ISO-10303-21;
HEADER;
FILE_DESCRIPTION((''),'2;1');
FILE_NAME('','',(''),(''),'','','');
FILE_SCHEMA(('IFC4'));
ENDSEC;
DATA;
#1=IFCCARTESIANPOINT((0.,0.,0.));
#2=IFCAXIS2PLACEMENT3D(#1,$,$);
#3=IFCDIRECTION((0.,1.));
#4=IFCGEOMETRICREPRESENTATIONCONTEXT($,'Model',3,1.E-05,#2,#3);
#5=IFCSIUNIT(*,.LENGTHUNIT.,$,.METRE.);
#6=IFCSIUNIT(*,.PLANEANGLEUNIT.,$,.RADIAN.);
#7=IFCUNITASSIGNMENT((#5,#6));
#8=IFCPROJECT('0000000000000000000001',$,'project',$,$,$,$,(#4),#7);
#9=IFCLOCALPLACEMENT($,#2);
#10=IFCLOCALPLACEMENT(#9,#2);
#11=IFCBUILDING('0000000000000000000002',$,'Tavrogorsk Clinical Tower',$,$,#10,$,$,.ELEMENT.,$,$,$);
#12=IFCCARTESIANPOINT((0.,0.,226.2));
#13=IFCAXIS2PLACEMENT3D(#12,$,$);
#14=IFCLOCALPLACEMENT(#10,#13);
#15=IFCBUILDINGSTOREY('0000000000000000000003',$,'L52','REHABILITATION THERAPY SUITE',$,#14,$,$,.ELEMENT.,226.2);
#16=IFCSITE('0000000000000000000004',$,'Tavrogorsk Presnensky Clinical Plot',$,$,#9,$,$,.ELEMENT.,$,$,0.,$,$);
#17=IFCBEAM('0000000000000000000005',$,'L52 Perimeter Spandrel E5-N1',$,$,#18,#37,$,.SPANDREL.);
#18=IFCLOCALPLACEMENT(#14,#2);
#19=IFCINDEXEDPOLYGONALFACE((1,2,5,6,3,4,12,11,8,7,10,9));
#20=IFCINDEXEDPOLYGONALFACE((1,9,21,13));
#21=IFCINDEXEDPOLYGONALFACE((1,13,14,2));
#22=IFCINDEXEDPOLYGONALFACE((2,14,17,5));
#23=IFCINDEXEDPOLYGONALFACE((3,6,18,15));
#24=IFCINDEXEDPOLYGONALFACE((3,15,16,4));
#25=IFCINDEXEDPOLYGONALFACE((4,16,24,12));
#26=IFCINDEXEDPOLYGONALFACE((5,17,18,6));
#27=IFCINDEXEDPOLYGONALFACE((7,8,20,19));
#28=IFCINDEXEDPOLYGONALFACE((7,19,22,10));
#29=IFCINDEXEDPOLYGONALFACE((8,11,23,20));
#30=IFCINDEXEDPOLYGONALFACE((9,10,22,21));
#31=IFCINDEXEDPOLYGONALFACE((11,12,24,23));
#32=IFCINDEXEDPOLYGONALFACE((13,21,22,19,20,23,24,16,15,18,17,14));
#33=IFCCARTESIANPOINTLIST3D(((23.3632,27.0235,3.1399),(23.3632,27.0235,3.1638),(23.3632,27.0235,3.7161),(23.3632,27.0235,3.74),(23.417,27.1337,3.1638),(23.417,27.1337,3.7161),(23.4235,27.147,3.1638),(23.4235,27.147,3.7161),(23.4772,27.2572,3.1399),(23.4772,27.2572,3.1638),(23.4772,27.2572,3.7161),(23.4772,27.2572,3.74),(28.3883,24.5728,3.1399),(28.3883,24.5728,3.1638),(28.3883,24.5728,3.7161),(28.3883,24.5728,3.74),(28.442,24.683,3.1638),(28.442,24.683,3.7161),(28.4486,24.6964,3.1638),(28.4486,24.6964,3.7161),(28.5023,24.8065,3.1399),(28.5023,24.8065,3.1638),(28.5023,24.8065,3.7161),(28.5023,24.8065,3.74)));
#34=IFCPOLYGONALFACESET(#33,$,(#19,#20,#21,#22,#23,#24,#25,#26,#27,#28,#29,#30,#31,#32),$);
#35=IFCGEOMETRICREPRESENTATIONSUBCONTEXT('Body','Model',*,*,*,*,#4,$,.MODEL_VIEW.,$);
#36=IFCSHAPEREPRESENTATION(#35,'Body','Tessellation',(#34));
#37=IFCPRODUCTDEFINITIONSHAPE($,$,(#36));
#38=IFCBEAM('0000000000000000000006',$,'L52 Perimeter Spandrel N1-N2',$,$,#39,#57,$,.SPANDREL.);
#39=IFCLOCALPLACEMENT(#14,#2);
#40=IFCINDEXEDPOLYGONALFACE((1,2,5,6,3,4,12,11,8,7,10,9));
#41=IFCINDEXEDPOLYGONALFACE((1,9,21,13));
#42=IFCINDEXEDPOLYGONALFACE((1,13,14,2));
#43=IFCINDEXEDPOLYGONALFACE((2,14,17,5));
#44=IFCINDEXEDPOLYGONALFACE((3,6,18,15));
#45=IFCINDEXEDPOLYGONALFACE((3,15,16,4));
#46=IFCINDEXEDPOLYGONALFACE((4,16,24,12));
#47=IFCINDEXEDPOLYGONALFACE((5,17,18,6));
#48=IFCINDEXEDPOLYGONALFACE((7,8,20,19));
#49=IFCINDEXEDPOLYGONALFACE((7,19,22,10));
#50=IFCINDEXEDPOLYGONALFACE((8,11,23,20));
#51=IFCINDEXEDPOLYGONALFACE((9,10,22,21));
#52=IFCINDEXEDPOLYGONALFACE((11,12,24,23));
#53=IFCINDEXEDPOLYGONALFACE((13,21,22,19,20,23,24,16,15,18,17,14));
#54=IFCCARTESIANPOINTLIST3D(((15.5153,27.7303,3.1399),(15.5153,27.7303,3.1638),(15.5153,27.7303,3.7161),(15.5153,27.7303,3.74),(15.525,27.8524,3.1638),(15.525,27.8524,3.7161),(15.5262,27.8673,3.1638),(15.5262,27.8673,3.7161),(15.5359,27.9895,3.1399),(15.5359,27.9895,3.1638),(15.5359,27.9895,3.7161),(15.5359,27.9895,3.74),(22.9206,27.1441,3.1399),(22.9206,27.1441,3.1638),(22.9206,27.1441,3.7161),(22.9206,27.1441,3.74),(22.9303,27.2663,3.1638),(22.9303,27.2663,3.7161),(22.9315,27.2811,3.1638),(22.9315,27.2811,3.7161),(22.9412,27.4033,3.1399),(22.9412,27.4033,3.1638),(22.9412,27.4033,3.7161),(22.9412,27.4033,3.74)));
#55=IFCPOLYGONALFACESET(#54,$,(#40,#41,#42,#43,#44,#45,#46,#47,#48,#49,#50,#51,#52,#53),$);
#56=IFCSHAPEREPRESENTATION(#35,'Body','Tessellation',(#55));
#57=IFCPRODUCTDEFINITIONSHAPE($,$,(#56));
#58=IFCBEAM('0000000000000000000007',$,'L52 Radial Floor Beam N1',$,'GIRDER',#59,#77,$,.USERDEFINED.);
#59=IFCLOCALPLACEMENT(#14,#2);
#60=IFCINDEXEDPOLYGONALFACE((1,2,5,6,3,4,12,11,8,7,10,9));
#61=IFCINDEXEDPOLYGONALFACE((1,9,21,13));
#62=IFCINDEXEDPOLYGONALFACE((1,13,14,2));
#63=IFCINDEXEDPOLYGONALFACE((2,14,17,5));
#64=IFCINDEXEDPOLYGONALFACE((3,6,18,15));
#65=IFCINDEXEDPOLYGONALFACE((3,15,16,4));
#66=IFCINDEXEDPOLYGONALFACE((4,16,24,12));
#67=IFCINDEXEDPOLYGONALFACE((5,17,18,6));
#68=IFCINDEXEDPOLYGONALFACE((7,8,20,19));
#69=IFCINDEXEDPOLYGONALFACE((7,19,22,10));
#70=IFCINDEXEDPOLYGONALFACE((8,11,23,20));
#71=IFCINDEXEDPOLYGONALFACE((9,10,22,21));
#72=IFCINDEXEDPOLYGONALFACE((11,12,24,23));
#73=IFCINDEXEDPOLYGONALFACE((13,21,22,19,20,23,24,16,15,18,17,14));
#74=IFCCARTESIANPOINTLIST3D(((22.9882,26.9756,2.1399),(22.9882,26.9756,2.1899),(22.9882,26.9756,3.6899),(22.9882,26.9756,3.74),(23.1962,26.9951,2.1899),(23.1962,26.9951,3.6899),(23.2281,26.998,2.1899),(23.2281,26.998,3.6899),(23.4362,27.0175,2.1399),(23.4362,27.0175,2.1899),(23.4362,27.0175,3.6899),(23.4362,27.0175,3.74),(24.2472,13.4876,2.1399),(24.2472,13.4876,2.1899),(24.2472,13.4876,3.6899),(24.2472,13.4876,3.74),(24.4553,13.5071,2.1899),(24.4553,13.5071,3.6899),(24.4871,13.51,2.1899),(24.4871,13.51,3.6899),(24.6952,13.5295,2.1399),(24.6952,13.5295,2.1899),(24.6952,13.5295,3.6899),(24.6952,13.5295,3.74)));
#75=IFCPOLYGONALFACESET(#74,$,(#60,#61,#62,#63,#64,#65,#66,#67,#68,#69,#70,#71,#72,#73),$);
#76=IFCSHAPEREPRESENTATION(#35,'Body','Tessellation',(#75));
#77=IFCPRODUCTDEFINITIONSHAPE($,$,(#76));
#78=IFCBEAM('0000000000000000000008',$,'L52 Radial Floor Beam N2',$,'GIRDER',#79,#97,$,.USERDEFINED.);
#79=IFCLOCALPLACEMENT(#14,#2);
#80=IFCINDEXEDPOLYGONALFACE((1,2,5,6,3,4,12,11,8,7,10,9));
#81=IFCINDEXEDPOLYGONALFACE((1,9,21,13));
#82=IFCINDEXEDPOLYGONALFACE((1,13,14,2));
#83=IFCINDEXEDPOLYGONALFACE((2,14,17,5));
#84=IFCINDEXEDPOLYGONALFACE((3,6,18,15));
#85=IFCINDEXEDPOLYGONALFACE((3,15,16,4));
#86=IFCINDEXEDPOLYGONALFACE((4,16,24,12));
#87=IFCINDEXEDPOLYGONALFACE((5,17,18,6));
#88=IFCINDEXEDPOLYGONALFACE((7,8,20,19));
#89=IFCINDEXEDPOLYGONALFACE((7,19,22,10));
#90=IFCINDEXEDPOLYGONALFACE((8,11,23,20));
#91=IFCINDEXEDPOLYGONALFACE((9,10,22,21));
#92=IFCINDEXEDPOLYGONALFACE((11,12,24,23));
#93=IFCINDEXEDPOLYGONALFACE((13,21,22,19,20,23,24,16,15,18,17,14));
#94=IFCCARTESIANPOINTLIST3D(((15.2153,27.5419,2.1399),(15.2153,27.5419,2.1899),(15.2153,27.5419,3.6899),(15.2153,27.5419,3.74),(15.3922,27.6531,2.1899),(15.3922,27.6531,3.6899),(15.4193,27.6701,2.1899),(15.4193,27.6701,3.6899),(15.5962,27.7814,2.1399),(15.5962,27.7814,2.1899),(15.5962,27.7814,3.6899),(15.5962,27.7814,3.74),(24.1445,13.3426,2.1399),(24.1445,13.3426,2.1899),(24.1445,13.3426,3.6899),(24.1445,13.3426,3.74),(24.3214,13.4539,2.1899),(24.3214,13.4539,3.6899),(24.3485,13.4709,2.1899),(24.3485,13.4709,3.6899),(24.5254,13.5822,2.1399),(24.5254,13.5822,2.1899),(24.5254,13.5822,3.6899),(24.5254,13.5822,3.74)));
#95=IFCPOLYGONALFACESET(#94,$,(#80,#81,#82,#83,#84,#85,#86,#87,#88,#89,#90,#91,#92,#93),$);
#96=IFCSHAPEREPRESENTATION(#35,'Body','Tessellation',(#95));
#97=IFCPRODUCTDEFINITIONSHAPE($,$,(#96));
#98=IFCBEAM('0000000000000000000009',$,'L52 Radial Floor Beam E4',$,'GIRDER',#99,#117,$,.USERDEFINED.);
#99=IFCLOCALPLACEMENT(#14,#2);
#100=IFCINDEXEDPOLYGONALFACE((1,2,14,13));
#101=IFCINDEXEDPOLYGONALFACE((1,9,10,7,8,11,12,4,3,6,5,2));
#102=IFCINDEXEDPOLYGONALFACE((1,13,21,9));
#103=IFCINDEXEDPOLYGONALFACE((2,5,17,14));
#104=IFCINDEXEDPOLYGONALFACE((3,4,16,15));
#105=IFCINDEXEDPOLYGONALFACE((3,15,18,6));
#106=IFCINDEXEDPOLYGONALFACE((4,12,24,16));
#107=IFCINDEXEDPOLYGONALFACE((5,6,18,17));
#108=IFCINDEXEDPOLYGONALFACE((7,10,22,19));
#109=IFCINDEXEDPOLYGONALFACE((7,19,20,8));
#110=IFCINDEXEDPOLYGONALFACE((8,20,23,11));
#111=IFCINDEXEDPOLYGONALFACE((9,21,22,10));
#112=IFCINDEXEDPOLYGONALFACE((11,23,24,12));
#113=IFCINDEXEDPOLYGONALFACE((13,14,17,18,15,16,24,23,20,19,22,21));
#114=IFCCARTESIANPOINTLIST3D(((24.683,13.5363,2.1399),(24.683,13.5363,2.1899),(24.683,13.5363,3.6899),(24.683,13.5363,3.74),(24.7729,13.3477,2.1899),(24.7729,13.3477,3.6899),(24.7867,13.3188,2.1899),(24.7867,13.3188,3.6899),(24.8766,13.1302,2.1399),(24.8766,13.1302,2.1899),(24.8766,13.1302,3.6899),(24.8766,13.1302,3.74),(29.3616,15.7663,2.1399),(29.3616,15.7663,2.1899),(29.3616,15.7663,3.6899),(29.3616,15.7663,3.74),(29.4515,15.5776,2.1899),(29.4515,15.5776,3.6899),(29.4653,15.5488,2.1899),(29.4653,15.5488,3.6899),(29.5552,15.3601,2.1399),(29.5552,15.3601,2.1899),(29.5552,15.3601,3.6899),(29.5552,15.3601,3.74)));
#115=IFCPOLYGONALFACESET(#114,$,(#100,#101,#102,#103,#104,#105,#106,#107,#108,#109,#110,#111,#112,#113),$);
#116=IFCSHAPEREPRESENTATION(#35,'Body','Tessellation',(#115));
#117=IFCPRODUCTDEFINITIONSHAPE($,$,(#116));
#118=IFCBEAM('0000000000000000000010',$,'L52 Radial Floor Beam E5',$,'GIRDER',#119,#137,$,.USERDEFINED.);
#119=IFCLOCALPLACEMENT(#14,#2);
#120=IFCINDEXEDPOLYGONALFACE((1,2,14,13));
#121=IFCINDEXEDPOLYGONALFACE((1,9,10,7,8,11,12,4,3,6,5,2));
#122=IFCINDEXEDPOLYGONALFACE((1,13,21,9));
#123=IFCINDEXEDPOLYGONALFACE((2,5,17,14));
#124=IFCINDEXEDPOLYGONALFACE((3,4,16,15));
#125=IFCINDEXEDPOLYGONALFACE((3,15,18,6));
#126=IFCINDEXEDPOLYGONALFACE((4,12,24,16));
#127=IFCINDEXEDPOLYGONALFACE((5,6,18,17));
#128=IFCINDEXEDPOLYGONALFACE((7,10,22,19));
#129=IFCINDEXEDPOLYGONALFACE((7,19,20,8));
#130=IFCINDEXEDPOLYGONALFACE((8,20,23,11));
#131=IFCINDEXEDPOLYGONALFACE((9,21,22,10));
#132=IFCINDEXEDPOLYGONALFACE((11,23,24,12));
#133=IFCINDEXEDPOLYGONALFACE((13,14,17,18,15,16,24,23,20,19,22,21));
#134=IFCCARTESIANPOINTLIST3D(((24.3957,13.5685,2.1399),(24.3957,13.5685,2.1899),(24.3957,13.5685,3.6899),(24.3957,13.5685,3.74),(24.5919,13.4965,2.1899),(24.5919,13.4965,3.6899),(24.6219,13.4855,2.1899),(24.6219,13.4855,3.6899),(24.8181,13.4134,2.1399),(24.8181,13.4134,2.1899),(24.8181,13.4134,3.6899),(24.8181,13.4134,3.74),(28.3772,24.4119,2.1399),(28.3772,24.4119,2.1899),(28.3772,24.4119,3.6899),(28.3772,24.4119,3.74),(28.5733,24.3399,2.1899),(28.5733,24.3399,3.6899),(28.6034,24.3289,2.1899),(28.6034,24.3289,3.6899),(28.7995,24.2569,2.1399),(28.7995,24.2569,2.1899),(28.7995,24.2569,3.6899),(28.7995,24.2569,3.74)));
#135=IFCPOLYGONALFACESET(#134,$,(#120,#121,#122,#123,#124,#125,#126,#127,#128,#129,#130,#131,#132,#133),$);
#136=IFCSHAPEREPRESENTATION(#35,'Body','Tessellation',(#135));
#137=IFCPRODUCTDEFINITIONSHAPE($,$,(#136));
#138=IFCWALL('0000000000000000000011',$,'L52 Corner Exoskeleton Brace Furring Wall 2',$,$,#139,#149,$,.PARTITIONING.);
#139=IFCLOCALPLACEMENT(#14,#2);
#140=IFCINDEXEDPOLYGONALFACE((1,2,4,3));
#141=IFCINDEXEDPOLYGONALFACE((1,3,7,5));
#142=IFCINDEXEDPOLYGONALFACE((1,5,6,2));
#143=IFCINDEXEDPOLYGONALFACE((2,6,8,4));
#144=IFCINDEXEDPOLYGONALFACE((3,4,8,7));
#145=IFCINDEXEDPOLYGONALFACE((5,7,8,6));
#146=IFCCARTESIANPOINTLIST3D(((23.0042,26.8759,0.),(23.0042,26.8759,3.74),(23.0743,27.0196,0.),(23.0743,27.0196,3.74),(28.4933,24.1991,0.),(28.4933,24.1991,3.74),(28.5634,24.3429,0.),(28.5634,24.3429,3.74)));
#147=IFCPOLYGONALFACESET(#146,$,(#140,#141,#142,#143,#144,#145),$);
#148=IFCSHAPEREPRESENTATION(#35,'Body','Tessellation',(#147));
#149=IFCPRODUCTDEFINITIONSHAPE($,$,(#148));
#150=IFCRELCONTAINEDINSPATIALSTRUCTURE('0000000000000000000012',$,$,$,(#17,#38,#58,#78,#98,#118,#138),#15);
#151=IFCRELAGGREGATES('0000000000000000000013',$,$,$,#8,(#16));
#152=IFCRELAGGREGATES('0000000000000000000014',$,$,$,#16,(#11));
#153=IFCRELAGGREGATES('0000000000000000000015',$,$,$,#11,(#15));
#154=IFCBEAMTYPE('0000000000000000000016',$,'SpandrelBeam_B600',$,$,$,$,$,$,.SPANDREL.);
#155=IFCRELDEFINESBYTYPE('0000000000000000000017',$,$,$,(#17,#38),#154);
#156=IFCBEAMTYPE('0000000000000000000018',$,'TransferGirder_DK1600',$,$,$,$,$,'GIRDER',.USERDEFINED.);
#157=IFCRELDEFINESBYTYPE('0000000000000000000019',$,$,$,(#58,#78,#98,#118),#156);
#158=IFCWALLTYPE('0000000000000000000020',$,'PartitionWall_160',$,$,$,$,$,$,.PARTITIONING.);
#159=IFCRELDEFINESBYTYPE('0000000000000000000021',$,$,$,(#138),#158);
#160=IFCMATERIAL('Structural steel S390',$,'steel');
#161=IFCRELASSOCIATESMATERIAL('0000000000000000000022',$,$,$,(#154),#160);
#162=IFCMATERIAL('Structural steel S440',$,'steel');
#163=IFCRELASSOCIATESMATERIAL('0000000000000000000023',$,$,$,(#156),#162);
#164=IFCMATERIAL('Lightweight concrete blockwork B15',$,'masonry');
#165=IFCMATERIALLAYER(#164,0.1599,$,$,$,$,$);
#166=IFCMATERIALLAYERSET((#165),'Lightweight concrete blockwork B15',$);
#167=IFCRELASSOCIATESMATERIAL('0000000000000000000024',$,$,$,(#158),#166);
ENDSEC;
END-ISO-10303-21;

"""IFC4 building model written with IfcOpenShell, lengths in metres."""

from ifc_helpers import new_model, si_unit, direction, frame, frame_2d, origin, origin_2d, place, context, subcontext, project, spatial, rectangle, i_section, extrude, material, layer, layer_set, material_profile, profile_set, type_object, element, save


model = new_model("IFC4")

# Units and contexts
model_context = context("Model", 3, precision=1e-05, world=origin(), true_north=direction((0.0, 1.0)))
body_context = subcontext(model_context, "Body", "Model", "MODEL_VIEW")
ifc_project = project(units=[si_unit("LENGTHUNIT", "METRE"), si_unit("PLANEANGLEUNIT", "RADIAN")], contexts=[model_context])

# Site, building, storey
site_placement = place(None, origin())
site = spatial("IfcSite", under=ifc_project, at=site_placement, Name="Tavrogorsk Presnensky Clinical Plot", CompositionType="ELEMENT", RefElevation=0.0)
building_placement = place(site_placement, origin())
building = spatial("IfcBuilding", under=site, at=building_placement, Name="Tavrogorsk Clinical Tower", CompositionType="ELEMENT")
storey_placement = place(building_placement, frame((0.0, 0.0, 226.2)))
storey = spatial("IfcBuildingStorey", under=building, at=storey_placement, Name="L52", Description="REHABILITATION THERAPY SUITE", CompositionType="ELEMENT", Elevation=226.2)

# Beams
ifc_material_1 = material(Name="Structural steel S390", Category="steel")
ifc_material_profile_1 = material_profile(ifc_material_1, i_section(OverallWidth=0.26, OverallDepth=0.6001, WebThickness=0.0149, FlangeThickness=0.0239, at=origin_2d()), Name="B-600x260x15x24")
ifc_profile_set_1 = profile_set([ifc_material_profile_1], Name="Structural steel S390")
beam_type_1 = type_object("IfcBeamType", Name="SpandrelBeam_B600", PredefinedType="SPANDREL", material=ifc_profile_set_1)
beam_1_placement = place(storey_placement, frame((28.4453, 24.6897, 3.4399), z_axis=(-0.898811, 0.438336, 0.0), x_axis=(-0.438336, -0.898811, 0.0)))
element("IfcBeam", 1, at=beam_1_placement, inside=storey, type_object=beam_type_1, Name="L52 Perimeter Spandrel E5-N1", PredefinedType="SPANDREL", context=body_context, shape_type="SweptSolid", body=[
    extrude(i_section(OverallWidth=0.26, OverallDepth=0.6001, WebThickness=0.0149, FlangeThickness=0.0239, at=origin_2d()), origin(), (0.0, 0.0, 1.0), 5.5908),
])
beam_2_placement = place(storey_placement, frame((22.9309, 27.2737, 3.4399), z_axis=(-0.996882, 0.07891, 0.0), x_axis=(-0.07891, -0.996882, 0.0)))
element("IfcBeam", 2, at=beam_2_placement, inside=storey, type_object=beam_type_1, Name="L52 Perimeter Spandrel N1-N2", PredefinedType="SPANDREL", context=body_context, shape_type="SweptSolid", body=[
    extrude(i_section(OverallWidth=0.26, OverallDepth=0.6001, WebThickness=0.0149, FlangeThickness=0.0239, at=origin_2d()), origin(), (0.0, 0.0, 1.0), 7.4285),
])
ifc_material_2 = material(Name="Structural steel S440", Category="steel")
ifc_material_profile_2 = material_profile(ifc_material_2, i_section(OverallWidth=0.45, OverallDepth=1.6001, WebThickness=0.032, FlangeThickness=0.05, at=origin_2d()), Name="DK-1600x450x32x50")
ifc_profile_set_2 = profile_set([ifc_material_profile_2], Name="Structural steel S440")
beam_type_2 = type_object("IfcBeamType", Name="TransferGirder_DK1600", ElementType="GIRDER", PredefinedType="USERDEFINED", material=ifc_profile_set_2)
beam_3_placement = place(storey_placement, frame((24.4712, 13.5085, 2.9399), z_axis=(-0.09294, 0.995672, 0.0), x_axis=(-0.995672, -0.09294, 0.0)))
element("IfcBeam", 3, at=beam_3_placement, inside=storey, type_object=beam_type_2, Name="L52 Radial Floor Beam N1", ObjectType="GIRDER", PredefinedType="USERDEFINED", context=body_context, shape_type="SweptSolid", body=[
    extrude(i_section(OverallWidth=0.45, OverallDepth=1.6001, WebThickness=0.032, FlangeThickness=0.05, at=origin_2d()), origin(), (0.0, 0.0, 1.0), 13.5466),
])
beam_4_placement = place(storey_placement, frame((24.335, 13.4624, 2.9399), z_axis=(-0.532341, 0.84653, 0.0), x_axis=(-0.84653, -0.532341, 0.0)))
element("IfcBeam", 4, at=beam_4_placement, inside=storey, type_object=beam_type_2, Name="L52 Radial Floor Beam N2", ObjectType="GIRDER", PredefinedType="USERDEFINED", context=body_context, shape_type="SweptSolid", body=[
    extrude(i_section(OverallWidth=0.45, OverallDepth=1.6001, WebThickness=0.032, FlangeThickness=0.05, at=origin_2d()), origin(), (0.0, 0.0, 1.0), 16.7734),
])
beam_5_placement = place(storey_placement, frame((24.7798, 13.3333, 2.9399), z_axis=(0.902709, 0.430252, 0.0), x_axis=(-0.430252, 0.902709, 0.0)))
element("IfcBeam", 5, at=beam_5_placement, inside=storey, type_object=beam_type_2, Name="L52 Radial Floor Beam E4", ObjectType="GIRDER", PredefinedType="USERDEFINED", context=body_context, shape_type="SweptSolid", body=[
    extrude(i_section(OverallWidth=0.45, OverallDepth=1.6001, WebThickness=0.032, FlangeThickness=0.05, at=origin_2d()), origin(), (0.0, 0.0, 1.0), 5.1829),
])
beam_6_placement = place(storey_placement, frame((24.6069, 13.491, 2.9399), z_axis=(0.344674, 0.938723, 0.0), x_axis=(-0.938723, 0.344674, 0.0)))
element("IfcBeam", 6, at=beam_6_placement, inside=storey, type_object=beam_type_2, Name="L52 Radial Floor Beam E5", ObjectType="GIRDER", PredefinedType="USERDEFINED", context=body_context, shape_type="SweptSolid", body=[
    extrude(i_section(OverallWidth=0.45, OverallDepth=1.6001, WebThickness=0.032, FlangeThickness=0.05, at=origin_2d()), origin(), (0.0, 0.0, 1.0), 11.5513),
])

# Wall
ifc_material_3 = material(Name="Lightweight concrete blockwork B15", Category="masonry")
ifc_layer_1 = layer(ifc_material_3, 0.1599)
ifc_layer_set_1 = layer_set([ifc_layer_1], Name="Lightweight concrete blockwork B15")
wall_type_1 = type_object("IfcWallType", Name="PartitionWall_160", PredefinedType="PARTITIONING", material=ifc_layer_set_1)
wall_1_placement = place(storey_placement, frame((28.5283, 24.271, 0.0), z_axis=(0.0, 0.0, 1.0), x_axis=(-0.898821, 0.438317, 0.0)))
element("IfcWall", 7, at=wall_1_placement, inside=storey, type_object=wall_type_1, Name="L52 Corner Exoskeleton Brace Furring Wall 2", PredefinedType="PARTITIONING", context=body_context, shape_type="SweptSolid", body=[
    extrude(rectangle(XDim=6.1069, YDim=0.1599, at=frame_2d((3.0535, 0.0))), origin(), (0.0, 0.0, 1.0), 3.74),
])

save(model, "model.ifc")
